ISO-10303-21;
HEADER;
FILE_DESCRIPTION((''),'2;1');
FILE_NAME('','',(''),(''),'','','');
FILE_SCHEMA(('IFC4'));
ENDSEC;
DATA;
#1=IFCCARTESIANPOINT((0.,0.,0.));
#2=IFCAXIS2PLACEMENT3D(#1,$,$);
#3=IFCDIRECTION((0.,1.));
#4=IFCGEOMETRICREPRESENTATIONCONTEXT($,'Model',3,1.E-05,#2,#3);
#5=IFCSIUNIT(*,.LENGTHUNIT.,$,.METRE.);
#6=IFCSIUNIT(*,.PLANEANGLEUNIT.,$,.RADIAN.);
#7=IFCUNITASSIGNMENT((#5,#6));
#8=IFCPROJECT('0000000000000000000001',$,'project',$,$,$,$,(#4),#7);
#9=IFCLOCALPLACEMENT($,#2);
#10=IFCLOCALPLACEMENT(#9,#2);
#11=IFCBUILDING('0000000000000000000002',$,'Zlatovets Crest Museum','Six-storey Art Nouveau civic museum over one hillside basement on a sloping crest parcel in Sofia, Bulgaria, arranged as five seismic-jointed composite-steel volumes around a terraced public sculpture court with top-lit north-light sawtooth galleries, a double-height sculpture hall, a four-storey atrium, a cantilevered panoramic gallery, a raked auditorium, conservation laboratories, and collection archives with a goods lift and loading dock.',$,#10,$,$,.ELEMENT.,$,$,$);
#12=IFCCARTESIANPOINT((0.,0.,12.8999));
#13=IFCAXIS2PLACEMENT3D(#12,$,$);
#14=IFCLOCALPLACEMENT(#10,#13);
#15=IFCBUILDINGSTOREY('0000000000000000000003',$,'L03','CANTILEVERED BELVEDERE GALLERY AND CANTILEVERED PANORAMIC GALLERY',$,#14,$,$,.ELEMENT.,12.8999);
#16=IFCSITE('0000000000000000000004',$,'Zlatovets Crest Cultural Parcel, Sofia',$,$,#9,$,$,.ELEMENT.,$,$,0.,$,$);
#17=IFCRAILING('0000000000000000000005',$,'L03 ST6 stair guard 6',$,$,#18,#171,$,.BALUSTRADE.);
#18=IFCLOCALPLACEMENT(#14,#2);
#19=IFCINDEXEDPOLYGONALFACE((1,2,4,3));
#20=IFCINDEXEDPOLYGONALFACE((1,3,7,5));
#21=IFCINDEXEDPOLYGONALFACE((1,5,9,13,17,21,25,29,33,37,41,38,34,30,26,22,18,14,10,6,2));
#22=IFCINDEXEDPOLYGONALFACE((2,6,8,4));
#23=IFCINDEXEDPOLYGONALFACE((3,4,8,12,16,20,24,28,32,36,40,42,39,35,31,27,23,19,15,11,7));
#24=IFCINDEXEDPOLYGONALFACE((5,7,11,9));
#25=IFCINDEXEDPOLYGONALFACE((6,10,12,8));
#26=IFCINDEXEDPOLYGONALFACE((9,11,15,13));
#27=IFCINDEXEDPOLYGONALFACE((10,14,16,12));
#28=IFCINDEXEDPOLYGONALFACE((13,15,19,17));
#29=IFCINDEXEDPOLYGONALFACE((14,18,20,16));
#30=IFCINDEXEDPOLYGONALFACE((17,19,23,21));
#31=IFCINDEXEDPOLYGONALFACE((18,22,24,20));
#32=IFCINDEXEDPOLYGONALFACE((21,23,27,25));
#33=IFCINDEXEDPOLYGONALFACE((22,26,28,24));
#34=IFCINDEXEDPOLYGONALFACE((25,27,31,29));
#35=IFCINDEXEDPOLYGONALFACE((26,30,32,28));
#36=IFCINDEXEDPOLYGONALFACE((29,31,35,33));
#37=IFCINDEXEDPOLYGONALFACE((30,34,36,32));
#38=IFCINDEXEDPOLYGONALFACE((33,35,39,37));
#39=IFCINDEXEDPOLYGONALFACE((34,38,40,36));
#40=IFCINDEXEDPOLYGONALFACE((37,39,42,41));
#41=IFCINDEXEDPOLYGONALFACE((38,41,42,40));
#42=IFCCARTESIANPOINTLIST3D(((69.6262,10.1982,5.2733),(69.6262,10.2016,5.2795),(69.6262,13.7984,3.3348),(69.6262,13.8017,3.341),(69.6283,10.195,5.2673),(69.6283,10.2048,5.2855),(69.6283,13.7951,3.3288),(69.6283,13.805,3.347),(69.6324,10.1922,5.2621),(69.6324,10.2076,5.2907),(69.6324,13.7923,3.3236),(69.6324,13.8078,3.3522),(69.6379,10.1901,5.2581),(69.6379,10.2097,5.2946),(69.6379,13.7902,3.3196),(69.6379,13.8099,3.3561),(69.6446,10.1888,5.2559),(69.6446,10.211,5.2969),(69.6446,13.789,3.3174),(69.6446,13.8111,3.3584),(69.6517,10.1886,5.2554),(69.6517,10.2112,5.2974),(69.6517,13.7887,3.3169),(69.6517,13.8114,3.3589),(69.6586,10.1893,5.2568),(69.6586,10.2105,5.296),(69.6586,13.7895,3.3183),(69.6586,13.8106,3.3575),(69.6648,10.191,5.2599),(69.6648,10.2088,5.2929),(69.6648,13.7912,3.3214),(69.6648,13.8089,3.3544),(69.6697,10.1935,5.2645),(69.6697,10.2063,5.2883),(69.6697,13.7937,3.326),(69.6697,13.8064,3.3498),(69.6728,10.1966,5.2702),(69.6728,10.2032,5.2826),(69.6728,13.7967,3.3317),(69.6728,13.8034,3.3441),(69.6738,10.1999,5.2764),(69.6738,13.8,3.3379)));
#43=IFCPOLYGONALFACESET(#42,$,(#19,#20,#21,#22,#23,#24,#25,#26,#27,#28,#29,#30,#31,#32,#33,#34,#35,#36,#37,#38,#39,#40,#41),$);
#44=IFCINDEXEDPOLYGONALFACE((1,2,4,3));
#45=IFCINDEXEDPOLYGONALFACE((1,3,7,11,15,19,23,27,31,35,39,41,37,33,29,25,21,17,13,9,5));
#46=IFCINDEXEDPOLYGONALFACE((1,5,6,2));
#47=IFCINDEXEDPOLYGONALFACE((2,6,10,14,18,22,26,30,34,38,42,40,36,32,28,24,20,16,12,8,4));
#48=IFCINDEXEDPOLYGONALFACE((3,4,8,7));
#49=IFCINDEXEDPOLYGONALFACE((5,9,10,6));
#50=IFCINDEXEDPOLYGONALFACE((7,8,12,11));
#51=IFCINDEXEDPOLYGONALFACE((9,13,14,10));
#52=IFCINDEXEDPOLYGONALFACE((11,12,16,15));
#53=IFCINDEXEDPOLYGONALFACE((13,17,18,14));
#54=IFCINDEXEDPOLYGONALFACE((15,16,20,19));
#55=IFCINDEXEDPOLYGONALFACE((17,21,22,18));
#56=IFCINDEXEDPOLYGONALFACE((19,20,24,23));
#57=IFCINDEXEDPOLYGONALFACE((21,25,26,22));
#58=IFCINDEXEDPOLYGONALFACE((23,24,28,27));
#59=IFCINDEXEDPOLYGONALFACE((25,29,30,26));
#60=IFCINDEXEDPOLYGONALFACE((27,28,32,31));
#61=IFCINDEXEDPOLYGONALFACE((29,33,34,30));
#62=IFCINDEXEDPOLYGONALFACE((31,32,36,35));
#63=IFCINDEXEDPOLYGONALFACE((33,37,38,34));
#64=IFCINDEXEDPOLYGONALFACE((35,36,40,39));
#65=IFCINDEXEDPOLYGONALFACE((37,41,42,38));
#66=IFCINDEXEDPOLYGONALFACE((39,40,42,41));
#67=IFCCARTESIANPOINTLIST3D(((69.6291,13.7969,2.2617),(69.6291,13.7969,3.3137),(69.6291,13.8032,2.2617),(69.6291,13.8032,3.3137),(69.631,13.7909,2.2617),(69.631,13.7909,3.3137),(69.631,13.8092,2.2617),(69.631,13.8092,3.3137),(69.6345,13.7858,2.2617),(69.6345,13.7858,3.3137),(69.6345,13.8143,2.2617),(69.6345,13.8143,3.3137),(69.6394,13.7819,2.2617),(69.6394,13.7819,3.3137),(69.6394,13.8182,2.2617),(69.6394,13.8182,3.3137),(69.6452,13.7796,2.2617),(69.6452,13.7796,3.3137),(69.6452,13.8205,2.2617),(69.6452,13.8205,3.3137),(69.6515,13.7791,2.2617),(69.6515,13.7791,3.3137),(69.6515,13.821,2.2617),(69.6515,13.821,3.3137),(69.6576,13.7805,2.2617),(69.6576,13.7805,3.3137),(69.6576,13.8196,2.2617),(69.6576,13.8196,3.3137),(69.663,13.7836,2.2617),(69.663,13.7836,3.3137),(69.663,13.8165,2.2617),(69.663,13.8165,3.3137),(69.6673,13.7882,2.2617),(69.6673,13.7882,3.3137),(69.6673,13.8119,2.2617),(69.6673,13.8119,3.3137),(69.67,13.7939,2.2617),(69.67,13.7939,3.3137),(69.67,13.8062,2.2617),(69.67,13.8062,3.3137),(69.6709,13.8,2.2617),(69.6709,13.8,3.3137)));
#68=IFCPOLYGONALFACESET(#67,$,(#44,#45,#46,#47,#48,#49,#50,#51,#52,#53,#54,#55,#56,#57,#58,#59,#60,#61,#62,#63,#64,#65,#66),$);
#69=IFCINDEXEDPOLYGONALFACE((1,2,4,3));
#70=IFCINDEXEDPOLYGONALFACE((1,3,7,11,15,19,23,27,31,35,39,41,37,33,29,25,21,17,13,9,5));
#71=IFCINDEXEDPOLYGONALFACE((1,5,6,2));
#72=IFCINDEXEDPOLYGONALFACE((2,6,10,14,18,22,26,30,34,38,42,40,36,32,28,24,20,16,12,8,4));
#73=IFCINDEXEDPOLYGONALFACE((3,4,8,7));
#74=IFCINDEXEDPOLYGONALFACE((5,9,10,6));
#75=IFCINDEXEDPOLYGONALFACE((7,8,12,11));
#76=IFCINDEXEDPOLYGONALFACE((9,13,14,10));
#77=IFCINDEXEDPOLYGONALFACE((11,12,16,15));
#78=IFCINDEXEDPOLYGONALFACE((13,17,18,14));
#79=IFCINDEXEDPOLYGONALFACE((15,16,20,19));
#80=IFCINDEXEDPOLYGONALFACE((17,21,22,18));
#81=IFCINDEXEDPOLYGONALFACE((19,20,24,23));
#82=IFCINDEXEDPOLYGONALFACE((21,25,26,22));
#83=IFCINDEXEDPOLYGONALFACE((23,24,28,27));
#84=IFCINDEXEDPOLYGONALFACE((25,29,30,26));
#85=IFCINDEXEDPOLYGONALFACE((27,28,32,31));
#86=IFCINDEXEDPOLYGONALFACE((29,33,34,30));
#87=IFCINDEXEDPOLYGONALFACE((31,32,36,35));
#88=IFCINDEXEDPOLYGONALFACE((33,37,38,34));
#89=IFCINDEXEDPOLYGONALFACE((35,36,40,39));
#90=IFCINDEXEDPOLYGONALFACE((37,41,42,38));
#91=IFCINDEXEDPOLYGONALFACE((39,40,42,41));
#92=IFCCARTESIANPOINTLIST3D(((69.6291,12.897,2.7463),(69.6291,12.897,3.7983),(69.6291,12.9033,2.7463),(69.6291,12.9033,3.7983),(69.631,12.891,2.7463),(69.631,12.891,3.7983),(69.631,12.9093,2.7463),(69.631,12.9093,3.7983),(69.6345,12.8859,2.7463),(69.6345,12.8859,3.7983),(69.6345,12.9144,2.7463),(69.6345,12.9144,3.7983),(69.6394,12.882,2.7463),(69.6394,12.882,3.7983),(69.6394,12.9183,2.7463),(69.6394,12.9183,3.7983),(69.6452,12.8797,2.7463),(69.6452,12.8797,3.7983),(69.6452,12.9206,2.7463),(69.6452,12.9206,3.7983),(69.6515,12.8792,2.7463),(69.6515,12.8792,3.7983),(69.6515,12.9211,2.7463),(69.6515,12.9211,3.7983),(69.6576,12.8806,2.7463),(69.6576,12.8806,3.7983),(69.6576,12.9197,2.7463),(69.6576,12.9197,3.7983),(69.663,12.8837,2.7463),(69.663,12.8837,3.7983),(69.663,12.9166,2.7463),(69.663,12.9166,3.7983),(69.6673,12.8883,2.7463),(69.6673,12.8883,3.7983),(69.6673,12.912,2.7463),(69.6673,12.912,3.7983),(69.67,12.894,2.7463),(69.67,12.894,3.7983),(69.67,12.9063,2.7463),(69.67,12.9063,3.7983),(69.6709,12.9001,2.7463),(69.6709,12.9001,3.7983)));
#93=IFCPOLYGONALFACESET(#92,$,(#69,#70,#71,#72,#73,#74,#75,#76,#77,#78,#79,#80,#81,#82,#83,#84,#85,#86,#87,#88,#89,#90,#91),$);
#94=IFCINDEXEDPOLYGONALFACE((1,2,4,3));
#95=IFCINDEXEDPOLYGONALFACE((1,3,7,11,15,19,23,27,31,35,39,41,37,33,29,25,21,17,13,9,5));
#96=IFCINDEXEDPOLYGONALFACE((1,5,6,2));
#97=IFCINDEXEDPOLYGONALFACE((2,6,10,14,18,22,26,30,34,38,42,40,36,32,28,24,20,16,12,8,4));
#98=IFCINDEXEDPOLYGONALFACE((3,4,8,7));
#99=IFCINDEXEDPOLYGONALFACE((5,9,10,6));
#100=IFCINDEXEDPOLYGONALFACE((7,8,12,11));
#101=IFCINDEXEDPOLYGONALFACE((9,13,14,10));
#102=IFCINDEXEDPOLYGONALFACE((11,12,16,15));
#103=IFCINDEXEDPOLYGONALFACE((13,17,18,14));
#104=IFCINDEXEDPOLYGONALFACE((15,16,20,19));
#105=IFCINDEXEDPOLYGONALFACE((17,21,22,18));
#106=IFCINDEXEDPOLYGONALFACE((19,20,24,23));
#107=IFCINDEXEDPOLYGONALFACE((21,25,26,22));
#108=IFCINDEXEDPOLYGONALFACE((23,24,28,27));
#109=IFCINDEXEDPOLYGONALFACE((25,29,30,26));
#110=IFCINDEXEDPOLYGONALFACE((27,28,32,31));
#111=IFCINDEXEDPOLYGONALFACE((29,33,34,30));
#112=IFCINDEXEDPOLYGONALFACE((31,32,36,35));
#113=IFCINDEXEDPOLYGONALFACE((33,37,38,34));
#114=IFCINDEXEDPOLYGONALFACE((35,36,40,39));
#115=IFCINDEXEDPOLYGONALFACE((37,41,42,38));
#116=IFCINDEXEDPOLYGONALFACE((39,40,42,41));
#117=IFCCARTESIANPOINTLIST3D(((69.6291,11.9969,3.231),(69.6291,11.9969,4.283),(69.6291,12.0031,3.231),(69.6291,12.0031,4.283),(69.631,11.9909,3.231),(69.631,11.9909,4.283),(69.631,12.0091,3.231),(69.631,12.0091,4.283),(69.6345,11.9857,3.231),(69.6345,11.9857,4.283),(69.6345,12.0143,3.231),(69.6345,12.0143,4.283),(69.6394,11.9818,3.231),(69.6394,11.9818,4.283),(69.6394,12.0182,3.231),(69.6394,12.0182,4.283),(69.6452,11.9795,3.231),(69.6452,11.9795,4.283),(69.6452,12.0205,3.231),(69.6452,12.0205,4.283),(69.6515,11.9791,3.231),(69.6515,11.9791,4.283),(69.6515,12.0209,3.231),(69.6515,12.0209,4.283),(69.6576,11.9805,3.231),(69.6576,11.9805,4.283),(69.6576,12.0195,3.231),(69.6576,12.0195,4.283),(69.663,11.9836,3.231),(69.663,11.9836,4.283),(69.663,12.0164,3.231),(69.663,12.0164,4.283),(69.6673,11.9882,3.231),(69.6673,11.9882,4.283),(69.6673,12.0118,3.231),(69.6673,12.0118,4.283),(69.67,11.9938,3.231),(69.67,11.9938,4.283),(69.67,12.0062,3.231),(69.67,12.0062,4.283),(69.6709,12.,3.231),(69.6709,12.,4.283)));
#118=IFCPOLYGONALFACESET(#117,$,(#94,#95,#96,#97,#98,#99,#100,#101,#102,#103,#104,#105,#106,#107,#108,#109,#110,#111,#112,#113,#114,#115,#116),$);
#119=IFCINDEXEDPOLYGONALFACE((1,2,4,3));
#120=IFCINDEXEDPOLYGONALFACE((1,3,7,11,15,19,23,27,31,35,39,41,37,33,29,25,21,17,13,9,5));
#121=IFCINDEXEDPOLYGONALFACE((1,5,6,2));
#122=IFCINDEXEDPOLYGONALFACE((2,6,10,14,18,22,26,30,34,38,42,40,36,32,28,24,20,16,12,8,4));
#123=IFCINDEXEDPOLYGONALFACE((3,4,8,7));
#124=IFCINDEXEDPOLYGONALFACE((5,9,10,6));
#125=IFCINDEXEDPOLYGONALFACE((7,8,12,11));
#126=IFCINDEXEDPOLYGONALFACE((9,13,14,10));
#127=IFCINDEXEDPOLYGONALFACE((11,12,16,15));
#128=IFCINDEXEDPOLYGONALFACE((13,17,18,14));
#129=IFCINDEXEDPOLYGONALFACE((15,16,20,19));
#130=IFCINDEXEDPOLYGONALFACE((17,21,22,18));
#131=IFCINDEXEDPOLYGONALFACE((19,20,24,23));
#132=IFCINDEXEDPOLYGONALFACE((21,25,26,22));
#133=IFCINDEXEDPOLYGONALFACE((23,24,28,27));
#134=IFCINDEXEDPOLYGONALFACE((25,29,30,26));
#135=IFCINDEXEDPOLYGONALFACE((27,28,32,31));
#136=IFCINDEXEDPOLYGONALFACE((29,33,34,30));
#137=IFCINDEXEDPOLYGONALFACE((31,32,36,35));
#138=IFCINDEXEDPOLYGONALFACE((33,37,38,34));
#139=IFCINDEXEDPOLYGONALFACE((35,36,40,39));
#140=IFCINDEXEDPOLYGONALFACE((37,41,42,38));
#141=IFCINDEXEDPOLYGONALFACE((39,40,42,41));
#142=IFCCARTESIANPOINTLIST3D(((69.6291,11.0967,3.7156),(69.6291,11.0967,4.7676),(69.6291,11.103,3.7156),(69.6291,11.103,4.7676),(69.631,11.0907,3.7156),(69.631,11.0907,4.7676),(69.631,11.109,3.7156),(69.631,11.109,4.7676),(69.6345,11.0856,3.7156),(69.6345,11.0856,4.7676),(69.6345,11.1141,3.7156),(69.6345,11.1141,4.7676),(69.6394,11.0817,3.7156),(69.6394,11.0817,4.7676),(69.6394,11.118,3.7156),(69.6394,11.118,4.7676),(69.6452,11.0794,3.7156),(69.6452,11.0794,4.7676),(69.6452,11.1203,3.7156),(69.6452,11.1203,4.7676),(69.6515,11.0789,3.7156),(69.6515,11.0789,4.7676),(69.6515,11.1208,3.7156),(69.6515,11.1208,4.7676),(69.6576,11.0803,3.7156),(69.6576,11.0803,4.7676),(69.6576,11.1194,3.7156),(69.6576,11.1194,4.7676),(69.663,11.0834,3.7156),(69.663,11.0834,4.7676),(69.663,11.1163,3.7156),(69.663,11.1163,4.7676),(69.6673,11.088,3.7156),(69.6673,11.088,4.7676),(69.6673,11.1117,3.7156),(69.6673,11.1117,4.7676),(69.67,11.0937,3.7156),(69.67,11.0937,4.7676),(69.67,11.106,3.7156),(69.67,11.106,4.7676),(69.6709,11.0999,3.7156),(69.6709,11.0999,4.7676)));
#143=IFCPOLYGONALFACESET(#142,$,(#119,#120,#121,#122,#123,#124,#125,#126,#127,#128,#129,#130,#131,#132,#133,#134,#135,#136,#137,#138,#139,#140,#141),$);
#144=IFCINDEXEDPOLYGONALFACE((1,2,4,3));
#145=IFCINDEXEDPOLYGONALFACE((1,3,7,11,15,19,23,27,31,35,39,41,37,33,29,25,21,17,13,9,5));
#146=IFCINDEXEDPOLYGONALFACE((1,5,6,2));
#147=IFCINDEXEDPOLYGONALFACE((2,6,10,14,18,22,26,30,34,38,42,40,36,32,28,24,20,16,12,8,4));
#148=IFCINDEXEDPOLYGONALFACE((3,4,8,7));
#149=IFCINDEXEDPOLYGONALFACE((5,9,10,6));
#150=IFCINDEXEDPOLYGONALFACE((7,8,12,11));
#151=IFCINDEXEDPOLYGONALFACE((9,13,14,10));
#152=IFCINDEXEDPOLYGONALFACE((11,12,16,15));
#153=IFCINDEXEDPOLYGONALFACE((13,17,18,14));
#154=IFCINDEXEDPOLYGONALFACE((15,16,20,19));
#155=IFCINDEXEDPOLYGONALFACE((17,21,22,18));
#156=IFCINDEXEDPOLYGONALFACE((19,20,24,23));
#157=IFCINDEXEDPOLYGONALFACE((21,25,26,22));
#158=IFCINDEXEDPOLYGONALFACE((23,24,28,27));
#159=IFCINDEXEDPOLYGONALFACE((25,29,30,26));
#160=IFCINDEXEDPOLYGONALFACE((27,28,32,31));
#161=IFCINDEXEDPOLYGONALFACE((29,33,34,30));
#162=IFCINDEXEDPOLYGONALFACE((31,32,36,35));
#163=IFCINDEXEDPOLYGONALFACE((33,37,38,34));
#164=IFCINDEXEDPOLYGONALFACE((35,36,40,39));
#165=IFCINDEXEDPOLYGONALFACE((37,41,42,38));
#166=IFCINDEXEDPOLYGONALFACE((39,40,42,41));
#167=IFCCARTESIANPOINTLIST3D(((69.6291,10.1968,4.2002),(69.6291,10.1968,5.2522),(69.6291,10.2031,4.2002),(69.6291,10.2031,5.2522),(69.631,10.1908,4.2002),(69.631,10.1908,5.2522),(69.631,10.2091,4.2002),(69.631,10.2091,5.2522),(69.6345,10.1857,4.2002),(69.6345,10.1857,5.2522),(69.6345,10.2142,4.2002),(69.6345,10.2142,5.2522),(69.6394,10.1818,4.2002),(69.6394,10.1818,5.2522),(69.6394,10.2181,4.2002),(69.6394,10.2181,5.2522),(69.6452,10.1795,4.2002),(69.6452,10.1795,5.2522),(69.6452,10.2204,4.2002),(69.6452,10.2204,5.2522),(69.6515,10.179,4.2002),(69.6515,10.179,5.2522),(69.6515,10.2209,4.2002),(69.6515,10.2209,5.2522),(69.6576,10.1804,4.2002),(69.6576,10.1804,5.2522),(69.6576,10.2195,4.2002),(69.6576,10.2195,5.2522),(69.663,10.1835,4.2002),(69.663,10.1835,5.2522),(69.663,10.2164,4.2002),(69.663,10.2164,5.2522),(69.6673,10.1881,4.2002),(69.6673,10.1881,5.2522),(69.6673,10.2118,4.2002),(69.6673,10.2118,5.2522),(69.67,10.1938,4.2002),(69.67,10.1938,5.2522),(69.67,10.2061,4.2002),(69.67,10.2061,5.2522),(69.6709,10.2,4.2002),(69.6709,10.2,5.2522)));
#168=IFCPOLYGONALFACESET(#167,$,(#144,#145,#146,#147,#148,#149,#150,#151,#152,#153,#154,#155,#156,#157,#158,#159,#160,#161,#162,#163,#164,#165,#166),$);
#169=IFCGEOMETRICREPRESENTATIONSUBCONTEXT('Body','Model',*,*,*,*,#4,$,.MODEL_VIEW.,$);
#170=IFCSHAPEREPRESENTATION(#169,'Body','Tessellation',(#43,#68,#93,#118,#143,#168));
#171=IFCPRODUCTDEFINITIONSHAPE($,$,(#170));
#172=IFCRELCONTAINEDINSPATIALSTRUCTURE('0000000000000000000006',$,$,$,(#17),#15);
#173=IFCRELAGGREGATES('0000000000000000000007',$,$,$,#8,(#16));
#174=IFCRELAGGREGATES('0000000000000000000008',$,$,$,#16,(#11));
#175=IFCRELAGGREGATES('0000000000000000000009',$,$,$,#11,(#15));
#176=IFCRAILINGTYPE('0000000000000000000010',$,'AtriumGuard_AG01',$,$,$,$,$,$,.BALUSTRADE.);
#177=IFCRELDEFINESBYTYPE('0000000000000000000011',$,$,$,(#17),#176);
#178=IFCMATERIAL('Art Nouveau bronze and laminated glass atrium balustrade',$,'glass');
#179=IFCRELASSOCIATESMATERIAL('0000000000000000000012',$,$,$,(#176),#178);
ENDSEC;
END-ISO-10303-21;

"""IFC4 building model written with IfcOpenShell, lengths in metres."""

from ifc_helpers import new_model, si_unit, direction, frame, origin, origin_2d, place, context, subcontext, project, spatial, circle, extrude, material, type_object, element, save


model = new_model("IFC4")

# Units and contexts
model_context = context("Model", 3, precision=1e-05, world=origin(), true_north=direction((0.0, 1.0)))
body_context = subcontext(model_context, "Body", "Model", "MODEL_VIEW")
ifc_project = project(units=[si_unit("LENGTHUNIT", "METRE"), si_unit("PLANEANGLEUNIT", "RADIAN")], contexts=[model_context])

# Site, building, storey
site_placement = place(None, origin())
site = spatial("IfcSite", under=ifc_project, at=site_placement, Name="Zlatovets Crest Cultural Parcel, Sofia", CompositionType="ELEMENT", RefElevation=0.0)
building_placement = place(site_placement, origin())
building = spatial("IfcBuilding", under=site, at=building_placement, Name="Zlatovets Crest Museum", Description="Six-storey Art Nouveau civic museum over one hillside basement on a sloping crest parcel in Sofia, Bulgaria, arranged as five seismic-jointed composite-steel volumes around a terraced public sculpture court with top-lit north-light sawtooth galleries, a double-height sculpture hall, a four-storey atrium, a cantilevered panoramic gallery, a raked auditorium, conservation laboratories, and collection archives with a goods lift and loading dock.", CompositionType="ELEMENT")
storey_placement = place(building_placement, frame((0.0, 0.0, 12.8999)))
storey = spatial("IfcBuildingStorey", under=building, at=storey_placement, Name="L03", Description="CANTILEVERED BELVEDERE GALLERY AND CANTILEVERED PANORAMIC GALLERY", CompositionType="ELEMENT", Elevation=12.8999)

# Railing
ifc_material_1 = material(Name="Art Nouveau bronze and laminated glass atrium balustrade", Category="glass")
railing_type_1 = type_object("IfcRailingType", Name="AtriumGuard_AG01", PredefinedType="BALUSTRADE", material=ifc_material_1)
railing_1_placement = place(storey_placement, frame((69.6499, 13.8, 2.2617)))
element("IfcRailing", 1, at=railing_1_placement, inside=storey, type_object=railing_type_1, Name="L03 ST6 stair guard 6", PredefinedType="BALUSTRADE", context=body_context, shape_type="SweptSolid", body=[
    extrude(circle(Radius=0.0239, at=origin_2d()), frame((0.0, 0.0, 1.0762), z_axis=(0.0, -0.880475, 0.474093), x_axis=(1.0, 0.0, 0.0)), (0.0, 0.0, 1.0), 4.0889),
    extrude(circle(Radius=0.021, at=origin_2d()), origin(), (0.0, 0.0, 1.0), 1.052),
    extrude(circle(Radius=0.021, at=origin_2d()), frame((0.0, -0.8999, 0.4846)), (0.0, 0.0, 1.0), 1.052),
    extrude(circle(Radius=0.021, at=origin_2d()), frame((0.0, -1.8, 0.9692)), (0.0, 0.0, 1.0), 1.052),
    extrude(circle(Radius=0.021, at=origin_2d()), frame((0.0, -2.7002, 1.4539)), (0.0, 0.0, 1.0), 1.052),
    extrude(circle(Radius=0.021, at=origin_2d()), frame((0.0, -3.6001, 1.9385)), (0.0, 0.0, 1.0), 1.052),
])

save(model, "model.ifc")
